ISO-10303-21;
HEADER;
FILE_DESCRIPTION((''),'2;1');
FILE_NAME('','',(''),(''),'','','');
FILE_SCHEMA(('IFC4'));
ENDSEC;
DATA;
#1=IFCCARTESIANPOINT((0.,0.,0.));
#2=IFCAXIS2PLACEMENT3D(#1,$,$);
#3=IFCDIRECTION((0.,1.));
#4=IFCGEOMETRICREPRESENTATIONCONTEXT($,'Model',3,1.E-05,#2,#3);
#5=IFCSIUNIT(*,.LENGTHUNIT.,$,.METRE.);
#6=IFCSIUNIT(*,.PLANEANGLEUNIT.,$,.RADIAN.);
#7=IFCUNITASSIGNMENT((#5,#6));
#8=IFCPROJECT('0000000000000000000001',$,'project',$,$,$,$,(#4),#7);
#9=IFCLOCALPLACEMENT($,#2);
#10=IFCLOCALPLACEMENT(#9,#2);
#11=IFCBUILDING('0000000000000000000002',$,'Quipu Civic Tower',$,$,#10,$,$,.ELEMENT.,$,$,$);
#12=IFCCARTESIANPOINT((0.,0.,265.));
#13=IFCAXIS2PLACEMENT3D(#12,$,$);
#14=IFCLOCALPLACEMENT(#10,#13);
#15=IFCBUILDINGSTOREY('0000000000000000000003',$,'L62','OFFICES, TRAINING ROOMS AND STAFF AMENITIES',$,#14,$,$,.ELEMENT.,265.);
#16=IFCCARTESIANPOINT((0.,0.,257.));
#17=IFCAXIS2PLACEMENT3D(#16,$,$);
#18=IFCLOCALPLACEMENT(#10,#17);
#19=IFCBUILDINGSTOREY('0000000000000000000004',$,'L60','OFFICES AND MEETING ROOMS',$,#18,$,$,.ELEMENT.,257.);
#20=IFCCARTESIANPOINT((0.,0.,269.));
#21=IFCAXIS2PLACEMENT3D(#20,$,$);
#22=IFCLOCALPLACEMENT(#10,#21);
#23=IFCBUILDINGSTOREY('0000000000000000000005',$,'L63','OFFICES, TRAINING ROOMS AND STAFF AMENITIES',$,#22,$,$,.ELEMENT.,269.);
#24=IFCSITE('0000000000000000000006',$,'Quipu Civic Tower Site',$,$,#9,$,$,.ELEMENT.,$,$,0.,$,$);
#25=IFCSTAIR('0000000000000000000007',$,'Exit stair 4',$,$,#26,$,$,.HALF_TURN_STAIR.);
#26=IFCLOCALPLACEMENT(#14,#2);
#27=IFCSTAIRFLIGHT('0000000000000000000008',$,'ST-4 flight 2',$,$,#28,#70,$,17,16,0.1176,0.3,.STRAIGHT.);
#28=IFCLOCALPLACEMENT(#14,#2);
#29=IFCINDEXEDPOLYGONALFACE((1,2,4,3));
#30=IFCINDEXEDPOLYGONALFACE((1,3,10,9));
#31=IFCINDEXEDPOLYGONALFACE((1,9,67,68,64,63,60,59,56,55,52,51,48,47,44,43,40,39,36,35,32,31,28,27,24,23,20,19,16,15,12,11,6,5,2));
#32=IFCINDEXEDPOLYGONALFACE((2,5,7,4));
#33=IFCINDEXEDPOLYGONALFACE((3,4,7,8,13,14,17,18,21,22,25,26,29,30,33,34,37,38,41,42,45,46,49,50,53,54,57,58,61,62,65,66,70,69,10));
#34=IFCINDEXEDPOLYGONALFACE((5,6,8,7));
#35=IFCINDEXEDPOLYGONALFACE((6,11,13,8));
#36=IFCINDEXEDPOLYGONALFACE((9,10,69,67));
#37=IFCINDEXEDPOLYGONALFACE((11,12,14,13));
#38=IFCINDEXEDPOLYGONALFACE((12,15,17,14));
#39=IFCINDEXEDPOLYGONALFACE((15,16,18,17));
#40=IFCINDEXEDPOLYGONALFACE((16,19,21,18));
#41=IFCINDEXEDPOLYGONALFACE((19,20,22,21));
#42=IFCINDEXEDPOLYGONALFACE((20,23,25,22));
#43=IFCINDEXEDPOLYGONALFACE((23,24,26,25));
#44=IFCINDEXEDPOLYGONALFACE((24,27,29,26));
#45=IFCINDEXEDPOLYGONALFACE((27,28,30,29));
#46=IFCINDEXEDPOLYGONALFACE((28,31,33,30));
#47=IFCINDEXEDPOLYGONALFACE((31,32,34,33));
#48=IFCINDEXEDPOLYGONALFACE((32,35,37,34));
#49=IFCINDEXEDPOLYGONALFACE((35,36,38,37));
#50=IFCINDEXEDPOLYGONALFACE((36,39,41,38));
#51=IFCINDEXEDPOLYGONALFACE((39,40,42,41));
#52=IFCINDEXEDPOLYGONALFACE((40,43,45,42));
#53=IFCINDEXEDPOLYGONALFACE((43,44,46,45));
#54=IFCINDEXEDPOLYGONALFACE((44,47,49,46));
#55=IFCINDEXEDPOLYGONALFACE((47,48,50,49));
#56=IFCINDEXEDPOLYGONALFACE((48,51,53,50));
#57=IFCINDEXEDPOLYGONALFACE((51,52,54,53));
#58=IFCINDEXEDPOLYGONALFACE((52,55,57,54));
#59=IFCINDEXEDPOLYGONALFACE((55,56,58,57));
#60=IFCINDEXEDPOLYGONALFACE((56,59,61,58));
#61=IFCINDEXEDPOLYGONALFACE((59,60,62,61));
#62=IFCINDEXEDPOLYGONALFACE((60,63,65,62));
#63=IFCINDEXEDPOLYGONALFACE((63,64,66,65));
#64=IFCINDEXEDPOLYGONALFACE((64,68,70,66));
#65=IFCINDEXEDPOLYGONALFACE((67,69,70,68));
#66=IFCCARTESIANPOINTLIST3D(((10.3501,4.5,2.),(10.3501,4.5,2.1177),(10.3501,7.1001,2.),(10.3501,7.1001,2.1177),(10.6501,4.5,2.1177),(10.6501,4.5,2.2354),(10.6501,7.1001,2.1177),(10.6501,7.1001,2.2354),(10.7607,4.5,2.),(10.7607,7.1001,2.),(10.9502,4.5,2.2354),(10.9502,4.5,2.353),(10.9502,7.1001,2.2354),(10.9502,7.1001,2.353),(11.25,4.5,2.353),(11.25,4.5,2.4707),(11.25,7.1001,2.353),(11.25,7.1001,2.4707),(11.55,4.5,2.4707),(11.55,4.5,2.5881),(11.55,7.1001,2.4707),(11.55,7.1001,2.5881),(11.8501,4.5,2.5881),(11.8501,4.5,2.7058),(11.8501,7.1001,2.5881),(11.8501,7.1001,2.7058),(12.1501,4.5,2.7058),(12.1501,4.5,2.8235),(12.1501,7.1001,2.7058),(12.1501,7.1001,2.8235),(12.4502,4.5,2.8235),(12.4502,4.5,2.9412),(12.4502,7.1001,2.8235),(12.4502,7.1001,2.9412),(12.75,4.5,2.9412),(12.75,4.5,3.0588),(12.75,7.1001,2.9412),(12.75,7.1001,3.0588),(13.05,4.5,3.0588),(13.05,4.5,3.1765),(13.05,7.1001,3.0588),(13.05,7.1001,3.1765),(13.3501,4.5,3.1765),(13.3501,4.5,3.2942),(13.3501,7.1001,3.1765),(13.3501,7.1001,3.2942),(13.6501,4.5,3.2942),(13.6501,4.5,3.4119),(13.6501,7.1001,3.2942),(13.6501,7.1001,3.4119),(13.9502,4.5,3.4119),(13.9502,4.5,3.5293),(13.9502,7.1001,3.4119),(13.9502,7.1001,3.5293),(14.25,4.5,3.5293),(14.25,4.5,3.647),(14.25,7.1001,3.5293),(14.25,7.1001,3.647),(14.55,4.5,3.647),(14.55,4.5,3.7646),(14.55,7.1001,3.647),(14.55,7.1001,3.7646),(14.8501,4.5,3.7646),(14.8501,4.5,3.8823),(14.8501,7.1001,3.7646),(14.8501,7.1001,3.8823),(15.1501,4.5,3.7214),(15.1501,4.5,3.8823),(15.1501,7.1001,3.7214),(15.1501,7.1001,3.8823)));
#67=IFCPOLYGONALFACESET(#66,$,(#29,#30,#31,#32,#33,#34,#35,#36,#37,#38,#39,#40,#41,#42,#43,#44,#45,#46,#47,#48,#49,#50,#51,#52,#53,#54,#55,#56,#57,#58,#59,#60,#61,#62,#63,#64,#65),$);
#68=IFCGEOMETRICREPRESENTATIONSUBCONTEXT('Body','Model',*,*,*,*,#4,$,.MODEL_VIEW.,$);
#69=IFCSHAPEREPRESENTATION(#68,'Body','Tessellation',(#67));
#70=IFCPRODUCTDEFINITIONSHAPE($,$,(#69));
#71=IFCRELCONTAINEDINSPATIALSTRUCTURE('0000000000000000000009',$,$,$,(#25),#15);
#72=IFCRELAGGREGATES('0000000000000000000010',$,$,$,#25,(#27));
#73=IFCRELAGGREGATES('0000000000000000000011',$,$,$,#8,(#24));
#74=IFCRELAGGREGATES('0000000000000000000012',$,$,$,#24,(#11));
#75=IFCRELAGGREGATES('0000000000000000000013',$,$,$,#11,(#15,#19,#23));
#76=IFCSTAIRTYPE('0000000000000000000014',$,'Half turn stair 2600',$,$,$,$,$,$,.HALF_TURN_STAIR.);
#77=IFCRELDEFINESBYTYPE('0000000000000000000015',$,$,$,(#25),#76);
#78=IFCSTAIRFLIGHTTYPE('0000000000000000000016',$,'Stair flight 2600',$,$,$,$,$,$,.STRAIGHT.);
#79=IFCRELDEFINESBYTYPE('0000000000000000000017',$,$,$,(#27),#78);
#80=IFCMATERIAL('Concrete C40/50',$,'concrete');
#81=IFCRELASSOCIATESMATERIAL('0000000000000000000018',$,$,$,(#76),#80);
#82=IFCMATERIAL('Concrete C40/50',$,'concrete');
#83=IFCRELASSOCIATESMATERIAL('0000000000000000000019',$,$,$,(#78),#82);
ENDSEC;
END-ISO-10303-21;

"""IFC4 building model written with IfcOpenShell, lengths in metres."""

from ifc_helpers import new_model, si_unit, direction, frame, origin, place, context, subcontext, project, spatial, polyline, outline, extrude, material, type_object, element, aggregate, save


model = new_model("IFC4")

# Units and contexts
model_context = context("Model", 3, precision=1e-05, world=origin(), true_north=direction((0.0, 1.0)))
body_context = subcontext(model_context, "Body", "Model", "MODEL_VIEW")
ifc_project = project(units=[si_unit("LENGTHUNIT", "METRE"), si_unit("PLANEANGLEUNIT", "RADIAN")], contexts=[model_context])

# Site, building, storey
site_placement = place(None, origin())
site = spatial("IfcSite", under=ifc_project, at=site_placement, Name="Quipu Civic Tower Site", CompositionType="ELEMENT", RefElevation=0.0)
building_placement = place(site_placement, origin())
building = spatial("IfcBuilding", under=site, at=building_placement, Name="Quipu Civic Tower", CompositionType="ELEMENT")
storey_1_placement = place(building_placement, frame((0.0, 0.0, 265.0)))
storey_1 = spatial("IfcBuildingStorey", under=building, at=storey_1_placement, Name="L62", Description="OFFICES, TRAINING ROOMS AND STAFF AMENITIES", CompositionType="ELEMENT", Elevation=265.0)

# Shared definitions
storey_2_placement = place(building_placement, frame((0.0, 0.0, 257.0)))
storey_2 = spatial("IfcBuildingStorey", under=building, at=storey_2_placement, Name="L60", Description="OFFICES AND MEETING ROOMS", CompositionType="ELEMENT", Elevation=257.0)

# Shared definitions
storey_3_placement = place(building_placement, frame((0.0, 0.0, 269.0)))
storey_3 = spatial("IfcBuildingStorey", under=building, at=storey_3_placement, Name="L63", Description="OFFICES, TRAINING ROOMS AND STAFF AMENITIES", CompositionType="ELEMENT", Elevation=269.0)

# Stair, stair flight
ifc_material_1 = material(Name="Concrete C40/50", Category="concrete")
stair_type = type_object("IfcStairType", Name="Half turn stair 2600", PredefinedType="HALF_TURN_STAIR", material=ifc_material_1)
stair_placement = place(storey_1_placement, origin())
stair = element("IfcStair", 1, at=stair_placement, inside=storey_1, type_object=stair_type, Name="Exit stair 4", PredefinedType="HALF_TURN_STAIR")
ifc_material_2 = material(Name="Concrete C40/50", Category="concrete")
stair_flight_type = type_object("IfcStairFlightType", Name="Stair flight 2600", PredefinedType="STRAIGHT", material=ifc_material_2)
stair_flight_1_placement = place(storey_1_placement, frame((10.3501, 5.8, 2.0), z_axis=(0.0, 0.0, 1.0), x_axis=(1.0, 0.0, 0.0)))
stair_flight_1 = element("IfcStairFlight", 2, at=stair_flight_1_placement, type_object=stair_flight_type, Name="ST-4 flight 2", NumberOfRisers=17, NumberOfTreads=16, PredefinedType="STRAIGHT", RiserHeight=0.1176, TreadLength=0.3, context=body_context, shape_type="SweptSolid", body=[
    extrude(outline(polyline([(0.0, 0.0), (0.0, 0.1177), (0.3, 0.1177), (0.3, 0.2354), (0.6001, 0.2354), (0.6001, 0.353), (0.8999, 0.353), (0.8999, 0.4707), (1.2, 0.4707), (1.2, 0.5881), (1.5, 0.5881), (1.5, 0.7058), (1.8, 0.7058), (1.8, 0.8235), (2.1001, 0.8235), (2.1001, 0.9412), (2.3999, 0.9412), (2.3999, 1.0588), (2.7, 1.0588), (2.7, 1.1765), (3.0, 1.1765), (3.0, 1.2942), (3.3, 1.2942), (3.3, 1.4119), (3.6001, 1.4119), (3.6001, 1.5293), (3.8999, 1.5293), (3.8999, 1.647), (4.2, 1.647), (4.2, 1.7646), (4.5, 1.7646), (4.5, 1.8823), (4.8, 1.8823), (4.8, 2.0), (4.8, 1.7214), (0.4106, 0.0), (0.0, 0.0)])), frame((0.0, 1.3, 0.0), z_axis=(0.0, -1.0, 0.0), x_axis=(1.0, 0.0, 0.0)), (0.0, 0.0, 1.0), 2.6001),
])
aggregate(stair, [stair_flight_1])

save(model, "model.ifc")
